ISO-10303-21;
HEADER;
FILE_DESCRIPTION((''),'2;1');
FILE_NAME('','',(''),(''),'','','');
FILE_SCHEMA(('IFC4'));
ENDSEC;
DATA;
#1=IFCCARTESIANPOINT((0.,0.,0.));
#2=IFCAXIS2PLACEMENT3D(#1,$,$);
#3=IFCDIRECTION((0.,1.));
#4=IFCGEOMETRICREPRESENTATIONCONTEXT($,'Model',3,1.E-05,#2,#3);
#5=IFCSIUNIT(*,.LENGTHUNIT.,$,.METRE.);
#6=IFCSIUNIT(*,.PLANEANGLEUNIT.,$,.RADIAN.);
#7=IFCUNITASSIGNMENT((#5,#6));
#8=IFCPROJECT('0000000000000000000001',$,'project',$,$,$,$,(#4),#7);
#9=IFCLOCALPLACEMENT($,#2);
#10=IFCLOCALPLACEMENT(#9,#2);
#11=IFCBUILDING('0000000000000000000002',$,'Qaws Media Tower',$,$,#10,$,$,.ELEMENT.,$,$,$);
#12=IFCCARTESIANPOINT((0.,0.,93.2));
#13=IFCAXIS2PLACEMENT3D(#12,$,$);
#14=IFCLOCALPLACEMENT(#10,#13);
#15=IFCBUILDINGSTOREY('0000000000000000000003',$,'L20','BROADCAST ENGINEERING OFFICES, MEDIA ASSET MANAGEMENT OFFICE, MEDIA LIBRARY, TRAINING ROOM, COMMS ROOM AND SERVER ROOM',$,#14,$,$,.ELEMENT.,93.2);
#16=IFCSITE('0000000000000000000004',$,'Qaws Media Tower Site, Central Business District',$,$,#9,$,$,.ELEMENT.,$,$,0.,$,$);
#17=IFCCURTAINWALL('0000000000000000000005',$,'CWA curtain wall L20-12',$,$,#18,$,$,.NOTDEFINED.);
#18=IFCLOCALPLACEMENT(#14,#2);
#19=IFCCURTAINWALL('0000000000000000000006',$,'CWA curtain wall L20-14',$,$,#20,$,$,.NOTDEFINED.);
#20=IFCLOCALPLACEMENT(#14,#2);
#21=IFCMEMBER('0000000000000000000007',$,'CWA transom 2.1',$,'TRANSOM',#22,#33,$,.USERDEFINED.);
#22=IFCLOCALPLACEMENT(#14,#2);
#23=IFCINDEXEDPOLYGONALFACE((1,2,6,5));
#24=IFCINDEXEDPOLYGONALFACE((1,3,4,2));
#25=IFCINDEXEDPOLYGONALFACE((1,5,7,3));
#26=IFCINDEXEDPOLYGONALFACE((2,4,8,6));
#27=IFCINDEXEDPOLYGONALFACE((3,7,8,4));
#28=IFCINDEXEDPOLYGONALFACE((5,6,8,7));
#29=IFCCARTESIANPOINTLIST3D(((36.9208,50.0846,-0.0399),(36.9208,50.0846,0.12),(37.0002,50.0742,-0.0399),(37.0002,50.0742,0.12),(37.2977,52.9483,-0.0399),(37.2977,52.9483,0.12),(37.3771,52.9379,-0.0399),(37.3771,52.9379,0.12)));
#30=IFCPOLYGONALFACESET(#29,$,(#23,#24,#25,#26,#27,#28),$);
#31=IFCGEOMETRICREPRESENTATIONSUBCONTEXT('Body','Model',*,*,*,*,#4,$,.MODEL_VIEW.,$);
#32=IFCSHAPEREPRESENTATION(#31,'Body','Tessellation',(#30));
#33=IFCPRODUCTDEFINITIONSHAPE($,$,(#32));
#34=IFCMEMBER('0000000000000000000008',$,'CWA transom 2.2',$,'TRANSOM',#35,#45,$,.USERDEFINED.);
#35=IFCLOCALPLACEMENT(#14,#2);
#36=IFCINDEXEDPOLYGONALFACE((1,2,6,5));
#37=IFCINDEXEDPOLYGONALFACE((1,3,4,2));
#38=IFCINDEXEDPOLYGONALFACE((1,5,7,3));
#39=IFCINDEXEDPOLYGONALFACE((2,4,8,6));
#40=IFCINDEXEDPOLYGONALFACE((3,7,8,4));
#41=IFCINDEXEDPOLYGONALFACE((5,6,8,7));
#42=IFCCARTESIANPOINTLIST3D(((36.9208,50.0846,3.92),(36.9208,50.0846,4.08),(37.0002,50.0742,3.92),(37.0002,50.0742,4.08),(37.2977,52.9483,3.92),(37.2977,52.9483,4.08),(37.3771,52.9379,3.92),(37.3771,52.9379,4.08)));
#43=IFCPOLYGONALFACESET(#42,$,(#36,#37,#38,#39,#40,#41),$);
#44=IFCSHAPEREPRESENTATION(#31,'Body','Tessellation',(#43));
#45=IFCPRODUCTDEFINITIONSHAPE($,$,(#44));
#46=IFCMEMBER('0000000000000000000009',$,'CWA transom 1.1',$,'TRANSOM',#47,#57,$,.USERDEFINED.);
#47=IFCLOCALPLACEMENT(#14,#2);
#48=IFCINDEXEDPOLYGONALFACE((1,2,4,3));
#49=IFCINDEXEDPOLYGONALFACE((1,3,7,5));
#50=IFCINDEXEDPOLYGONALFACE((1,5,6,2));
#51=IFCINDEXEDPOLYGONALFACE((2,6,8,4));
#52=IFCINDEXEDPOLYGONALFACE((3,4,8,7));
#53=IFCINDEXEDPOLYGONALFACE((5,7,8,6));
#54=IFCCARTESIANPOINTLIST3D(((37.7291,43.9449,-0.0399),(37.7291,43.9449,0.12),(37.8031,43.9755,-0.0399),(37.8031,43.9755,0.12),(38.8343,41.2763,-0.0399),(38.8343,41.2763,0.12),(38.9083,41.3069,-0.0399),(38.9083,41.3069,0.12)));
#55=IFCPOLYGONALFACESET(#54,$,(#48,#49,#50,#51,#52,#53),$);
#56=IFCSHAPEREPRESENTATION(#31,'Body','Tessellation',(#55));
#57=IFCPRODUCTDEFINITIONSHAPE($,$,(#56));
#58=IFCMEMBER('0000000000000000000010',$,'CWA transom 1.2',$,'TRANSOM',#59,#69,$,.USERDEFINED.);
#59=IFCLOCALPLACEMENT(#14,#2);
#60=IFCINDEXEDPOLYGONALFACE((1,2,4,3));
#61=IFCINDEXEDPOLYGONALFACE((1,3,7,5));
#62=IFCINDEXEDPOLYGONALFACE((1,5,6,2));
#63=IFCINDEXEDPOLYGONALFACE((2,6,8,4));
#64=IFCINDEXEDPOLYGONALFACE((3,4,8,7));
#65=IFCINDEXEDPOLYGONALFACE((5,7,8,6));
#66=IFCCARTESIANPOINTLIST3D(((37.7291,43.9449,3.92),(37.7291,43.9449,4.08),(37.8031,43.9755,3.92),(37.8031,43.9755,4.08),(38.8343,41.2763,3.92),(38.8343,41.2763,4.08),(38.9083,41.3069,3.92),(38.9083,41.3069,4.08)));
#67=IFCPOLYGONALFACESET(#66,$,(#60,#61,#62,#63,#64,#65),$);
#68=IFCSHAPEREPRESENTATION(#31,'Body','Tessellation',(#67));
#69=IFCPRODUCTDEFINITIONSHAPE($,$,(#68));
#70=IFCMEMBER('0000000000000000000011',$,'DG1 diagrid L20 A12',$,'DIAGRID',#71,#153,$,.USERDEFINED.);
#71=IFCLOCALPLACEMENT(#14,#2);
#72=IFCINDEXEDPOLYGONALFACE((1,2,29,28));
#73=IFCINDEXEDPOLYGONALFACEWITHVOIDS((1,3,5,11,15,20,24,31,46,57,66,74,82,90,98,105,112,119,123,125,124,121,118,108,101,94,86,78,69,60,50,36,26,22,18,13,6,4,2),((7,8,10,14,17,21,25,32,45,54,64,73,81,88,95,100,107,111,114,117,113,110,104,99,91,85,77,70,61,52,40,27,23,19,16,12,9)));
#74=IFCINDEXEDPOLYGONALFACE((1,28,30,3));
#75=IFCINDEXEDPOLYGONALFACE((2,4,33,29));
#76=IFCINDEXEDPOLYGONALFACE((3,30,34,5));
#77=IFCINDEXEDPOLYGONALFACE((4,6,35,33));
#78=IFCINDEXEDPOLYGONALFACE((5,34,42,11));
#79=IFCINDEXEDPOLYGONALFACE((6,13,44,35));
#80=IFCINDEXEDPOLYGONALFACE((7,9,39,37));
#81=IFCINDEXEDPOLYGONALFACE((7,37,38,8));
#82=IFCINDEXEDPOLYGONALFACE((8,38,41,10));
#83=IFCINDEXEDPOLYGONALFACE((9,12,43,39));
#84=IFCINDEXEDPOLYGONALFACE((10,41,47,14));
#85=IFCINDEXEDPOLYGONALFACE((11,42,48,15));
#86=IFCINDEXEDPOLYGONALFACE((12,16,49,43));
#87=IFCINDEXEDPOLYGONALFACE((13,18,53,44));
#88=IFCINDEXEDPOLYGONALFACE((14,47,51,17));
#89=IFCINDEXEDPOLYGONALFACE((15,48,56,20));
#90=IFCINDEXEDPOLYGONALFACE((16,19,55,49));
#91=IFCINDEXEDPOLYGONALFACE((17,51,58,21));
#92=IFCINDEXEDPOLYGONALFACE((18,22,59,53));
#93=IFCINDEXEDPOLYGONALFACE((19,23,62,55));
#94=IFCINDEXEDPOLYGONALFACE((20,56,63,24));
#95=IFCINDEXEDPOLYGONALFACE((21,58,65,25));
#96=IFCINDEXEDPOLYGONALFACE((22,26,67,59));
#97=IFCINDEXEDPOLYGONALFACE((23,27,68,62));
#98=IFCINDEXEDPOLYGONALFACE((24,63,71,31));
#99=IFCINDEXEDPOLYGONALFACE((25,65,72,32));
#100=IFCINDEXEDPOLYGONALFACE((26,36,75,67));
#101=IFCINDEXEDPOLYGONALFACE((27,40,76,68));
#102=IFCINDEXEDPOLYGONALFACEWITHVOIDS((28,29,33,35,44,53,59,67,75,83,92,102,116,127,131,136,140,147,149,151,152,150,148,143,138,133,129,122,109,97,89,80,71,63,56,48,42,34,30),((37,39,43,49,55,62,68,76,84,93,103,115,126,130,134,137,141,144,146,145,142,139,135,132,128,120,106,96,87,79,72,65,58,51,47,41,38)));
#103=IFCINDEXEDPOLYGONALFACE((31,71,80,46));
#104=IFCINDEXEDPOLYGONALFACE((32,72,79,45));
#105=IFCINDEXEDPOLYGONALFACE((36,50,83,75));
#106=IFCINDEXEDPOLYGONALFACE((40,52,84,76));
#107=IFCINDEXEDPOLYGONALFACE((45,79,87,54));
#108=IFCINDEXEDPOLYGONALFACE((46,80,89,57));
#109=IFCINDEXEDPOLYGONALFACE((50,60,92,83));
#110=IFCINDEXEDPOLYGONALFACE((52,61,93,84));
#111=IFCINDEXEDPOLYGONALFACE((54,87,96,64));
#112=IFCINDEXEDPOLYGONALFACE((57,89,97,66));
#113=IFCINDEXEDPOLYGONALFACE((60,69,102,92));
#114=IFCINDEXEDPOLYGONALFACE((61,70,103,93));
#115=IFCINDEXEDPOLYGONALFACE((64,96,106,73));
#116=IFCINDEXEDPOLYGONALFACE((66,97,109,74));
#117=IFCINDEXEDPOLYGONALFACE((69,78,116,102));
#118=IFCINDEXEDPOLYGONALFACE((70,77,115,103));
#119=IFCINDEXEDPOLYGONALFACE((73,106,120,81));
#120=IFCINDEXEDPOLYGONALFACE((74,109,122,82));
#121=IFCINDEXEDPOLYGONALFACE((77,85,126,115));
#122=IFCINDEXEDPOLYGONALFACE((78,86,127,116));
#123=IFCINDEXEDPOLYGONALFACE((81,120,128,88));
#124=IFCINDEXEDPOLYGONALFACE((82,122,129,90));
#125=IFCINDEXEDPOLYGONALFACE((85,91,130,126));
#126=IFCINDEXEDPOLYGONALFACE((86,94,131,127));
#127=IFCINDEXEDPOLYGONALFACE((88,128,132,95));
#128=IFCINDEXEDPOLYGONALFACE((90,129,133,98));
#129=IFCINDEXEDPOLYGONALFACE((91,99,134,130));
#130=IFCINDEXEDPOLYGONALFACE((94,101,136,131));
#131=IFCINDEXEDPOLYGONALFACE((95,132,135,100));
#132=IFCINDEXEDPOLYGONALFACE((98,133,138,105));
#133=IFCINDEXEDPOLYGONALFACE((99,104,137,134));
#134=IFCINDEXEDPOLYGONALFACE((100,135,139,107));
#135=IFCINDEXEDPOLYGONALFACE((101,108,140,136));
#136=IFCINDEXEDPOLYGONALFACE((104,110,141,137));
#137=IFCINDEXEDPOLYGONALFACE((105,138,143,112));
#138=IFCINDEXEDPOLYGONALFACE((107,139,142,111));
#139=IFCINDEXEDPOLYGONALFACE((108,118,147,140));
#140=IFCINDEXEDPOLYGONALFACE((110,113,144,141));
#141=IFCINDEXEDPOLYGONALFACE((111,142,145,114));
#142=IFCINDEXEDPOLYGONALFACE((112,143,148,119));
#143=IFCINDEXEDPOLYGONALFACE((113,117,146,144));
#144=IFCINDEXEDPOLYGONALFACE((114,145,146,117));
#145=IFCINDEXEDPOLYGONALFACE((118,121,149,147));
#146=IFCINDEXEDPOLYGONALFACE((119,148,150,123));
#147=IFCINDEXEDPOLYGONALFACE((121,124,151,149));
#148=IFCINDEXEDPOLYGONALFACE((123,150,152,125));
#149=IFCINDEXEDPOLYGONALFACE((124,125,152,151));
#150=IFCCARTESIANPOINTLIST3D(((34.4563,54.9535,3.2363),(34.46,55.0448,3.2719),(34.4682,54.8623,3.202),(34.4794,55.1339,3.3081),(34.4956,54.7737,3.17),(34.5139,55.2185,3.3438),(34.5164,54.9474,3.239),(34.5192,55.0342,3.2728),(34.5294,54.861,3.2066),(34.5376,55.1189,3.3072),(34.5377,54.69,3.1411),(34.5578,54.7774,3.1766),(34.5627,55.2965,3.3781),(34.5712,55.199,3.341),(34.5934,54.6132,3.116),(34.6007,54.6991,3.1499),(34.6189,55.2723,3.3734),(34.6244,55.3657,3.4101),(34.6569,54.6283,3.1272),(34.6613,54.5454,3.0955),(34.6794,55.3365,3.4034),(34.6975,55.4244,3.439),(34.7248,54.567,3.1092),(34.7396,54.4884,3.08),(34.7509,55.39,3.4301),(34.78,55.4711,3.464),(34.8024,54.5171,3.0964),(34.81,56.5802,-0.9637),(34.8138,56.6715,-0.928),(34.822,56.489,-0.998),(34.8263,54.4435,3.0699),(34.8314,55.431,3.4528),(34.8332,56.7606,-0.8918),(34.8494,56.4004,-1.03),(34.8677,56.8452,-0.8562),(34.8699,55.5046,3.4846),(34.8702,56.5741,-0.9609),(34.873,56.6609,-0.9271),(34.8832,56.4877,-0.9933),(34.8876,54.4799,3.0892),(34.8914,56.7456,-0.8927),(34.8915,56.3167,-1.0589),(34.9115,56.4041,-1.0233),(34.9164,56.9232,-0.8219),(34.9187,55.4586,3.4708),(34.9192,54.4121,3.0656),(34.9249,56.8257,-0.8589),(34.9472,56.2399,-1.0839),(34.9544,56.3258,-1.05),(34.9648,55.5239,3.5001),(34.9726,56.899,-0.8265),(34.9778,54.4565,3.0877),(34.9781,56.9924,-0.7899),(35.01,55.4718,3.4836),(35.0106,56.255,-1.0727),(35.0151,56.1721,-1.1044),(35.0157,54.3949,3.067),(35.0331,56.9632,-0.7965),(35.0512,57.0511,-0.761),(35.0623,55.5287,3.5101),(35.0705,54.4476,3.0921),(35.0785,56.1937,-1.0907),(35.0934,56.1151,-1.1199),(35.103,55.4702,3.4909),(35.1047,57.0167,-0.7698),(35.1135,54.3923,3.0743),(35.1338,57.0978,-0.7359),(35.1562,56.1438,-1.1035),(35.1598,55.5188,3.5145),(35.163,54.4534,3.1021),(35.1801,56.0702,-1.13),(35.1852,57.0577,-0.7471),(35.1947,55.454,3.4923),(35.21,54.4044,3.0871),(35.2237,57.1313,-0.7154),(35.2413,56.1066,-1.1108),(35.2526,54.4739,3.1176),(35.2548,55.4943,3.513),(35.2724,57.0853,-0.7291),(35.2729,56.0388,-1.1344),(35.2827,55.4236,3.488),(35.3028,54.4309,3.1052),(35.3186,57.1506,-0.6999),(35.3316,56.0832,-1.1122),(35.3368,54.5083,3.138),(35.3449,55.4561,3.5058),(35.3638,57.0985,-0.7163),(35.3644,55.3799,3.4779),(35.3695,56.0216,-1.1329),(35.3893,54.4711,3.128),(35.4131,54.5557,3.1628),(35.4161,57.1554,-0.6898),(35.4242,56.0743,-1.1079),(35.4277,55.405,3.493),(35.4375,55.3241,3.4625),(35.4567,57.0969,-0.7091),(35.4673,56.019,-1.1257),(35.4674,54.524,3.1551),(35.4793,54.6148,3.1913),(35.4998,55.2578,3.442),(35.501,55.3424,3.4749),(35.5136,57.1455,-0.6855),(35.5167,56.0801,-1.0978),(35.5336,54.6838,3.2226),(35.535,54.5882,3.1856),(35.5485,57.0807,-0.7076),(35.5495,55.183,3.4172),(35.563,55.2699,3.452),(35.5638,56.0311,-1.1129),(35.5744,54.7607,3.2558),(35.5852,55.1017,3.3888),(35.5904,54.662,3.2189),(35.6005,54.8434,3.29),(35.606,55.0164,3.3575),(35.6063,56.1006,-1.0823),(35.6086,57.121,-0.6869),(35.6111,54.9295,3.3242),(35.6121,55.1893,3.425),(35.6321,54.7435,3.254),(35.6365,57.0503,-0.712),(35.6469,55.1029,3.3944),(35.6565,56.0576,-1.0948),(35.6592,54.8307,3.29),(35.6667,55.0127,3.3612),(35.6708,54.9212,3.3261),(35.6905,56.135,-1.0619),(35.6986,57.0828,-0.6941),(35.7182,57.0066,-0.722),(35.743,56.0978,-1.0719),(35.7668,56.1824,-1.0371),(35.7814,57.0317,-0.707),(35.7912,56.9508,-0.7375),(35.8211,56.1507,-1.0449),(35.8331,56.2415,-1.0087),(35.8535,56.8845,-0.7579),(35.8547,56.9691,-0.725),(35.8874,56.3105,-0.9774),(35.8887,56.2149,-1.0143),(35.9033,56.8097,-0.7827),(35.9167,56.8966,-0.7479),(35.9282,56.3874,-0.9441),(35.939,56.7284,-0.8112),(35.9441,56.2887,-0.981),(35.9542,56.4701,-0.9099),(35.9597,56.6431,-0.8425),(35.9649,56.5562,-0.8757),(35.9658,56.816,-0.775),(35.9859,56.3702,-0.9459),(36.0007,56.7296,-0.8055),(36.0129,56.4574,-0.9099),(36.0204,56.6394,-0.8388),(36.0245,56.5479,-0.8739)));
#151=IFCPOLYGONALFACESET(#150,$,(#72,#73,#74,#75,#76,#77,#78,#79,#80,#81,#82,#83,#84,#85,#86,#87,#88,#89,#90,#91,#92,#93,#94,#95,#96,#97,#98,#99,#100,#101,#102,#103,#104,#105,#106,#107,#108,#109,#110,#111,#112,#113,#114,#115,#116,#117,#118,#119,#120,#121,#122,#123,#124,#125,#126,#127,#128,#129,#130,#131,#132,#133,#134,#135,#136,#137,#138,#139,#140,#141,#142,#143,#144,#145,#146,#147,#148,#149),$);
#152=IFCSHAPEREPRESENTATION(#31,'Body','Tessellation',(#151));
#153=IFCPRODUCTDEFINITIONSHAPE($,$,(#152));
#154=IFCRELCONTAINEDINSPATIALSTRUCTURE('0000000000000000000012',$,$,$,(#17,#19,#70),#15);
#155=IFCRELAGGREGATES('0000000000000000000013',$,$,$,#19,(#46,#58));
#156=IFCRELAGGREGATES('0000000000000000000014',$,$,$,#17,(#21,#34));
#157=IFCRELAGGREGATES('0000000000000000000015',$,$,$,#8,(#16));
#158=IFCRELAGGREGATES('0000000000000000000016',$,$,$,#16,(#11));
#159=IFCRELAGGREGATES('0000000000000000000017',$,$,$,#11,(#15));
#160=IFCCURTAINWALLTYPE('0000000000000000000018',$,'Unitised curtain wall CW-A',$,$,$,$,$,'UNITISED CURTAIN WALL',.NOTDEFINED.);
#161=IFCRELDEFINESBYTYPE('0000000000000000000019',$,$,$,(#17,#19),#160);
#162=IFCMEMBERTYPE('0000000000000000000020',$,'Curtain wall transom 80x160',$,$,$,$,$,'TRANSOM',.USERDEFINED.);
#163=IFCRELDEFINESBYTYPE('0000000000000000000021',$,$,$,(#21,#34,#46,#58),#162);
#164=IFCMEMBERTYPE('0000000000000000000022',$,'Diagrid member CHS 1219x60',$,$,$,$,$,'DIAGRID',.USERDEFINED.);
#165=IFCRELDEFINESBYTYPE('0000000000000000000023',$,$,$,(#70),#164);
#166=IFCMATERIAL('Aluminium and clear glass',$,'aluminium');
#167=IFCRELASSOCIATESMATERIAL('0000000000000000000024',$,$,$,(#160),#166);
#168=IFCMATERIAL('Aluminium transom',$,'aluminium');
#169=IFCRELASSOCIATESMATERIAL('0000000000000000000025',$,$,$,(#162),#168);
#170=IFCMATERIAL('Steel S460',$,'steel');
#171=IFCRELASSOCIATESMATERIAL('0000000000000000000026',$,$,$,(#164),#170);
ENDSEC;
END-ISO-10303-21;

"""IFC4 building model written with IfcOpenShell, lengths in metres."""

from ifc_helpers import new_model, si_unit, direction, frame, origin, origin_2d, place, context, subcontext, project, spatial, rectangle, hollow_circle, extrude, material, material_profile, profile_set, type_object, element, aggregate, save


model = new_model("IFC4")

# Units and contexts
model_context = context("Model", 3, precision=1e-05, world=origin(), true_north=direction((0.0, 1.0)))
body_context = subcontext(model_context, "Body", "Model", "MODEL_VIEW")
ifc_project = project(units=[si_unit("LENGTHUNIT", "METRE"), si_unit("PLANEANGLEUNIT", "RADIAN")], contexts=[model_context])

# Site, building, storey
site_placement = place(None, origin())
site = spatial("IfcSite", under=ifc_project, at=site_placement, Name="Qaws Media Tower Site, Central Business District", CompositionType="ELEMENT", RefElevation=0.0)
building_placement = place(site_placement, origin())
building = spatial("IfcBuilding", under=site, at=building_placement, Name="Qaws Media Tower", CompositionType="ELEMENT")
storey_placement = place(building_placement, frame((0.0, 0.0, 93.2)))
storey = spatial("IfcBuildingStorey", under=building, at=storey_placement, Name="L20", Description="BROADCAST ENGINEERING OFFICES, MEDIA ASSET MANAGEMENT OFFICE, MEDIA LIBRARY, TRAINING ROOM, COMMS ROOM AND SERVER ROOM", CompositionType="ELEMENT", Elevation=93.2)

# Shared definitions
ifc_material_1 = material(Name="Aluminium and clear glass", Category="aluminium")
curtain_wall_type = type_object("IfcCurtainWallType", Name="Unitised curtain wall CW-A", ElementType="UNITISED CURTAIN WALL", PredefinedType="NOTDEFINED", material=ifc_material_1)

# Curtain wall
curtain_wall_1_placement = place(storey_placement, origin())
curtain_wall_1 = element("IfcCurtainWall", 1, at=curtain_wall_1_placement, inside=storey, type_object=curtain_wall_type, Name="CWA curtain wall L20-12", PredefinedType="NOTDEFINED")

# Curtain wall
curtain_wall_2_placement = place(storey_placement, origin())
curtain_wall_2 = element("IfcCurtainWall", 2, at=curtain_wall_2_placement, inside=storey, type_object=curtain_wall_type, Name="CWA curtain wall L20-14", PredefinedType="NOTDEFINED")

# Members
ifc_material_2 = material(Name="Aluminium transom", Category="aluminium")
ifc_material_profile_1 = material_profile(ifc_material_2, rectangle(XDim=0.0801, YDim=0.1599, at=origin_2d()), Name="80x160")
ifc_profile_set_1 = profile_set([ifc_material_profile_1], Name="Aluminium transom")
member_type_1 = type_object("IfcMemberType", Name="Curtain wall transom 80x160", ElementType="TRANSOM", PredefinedType="USERDEFINED", material=ifc_profile_set_1)
member_1_placement = place(storey_placement, frame((37.3374, 52.9431, 0.04), z_axis=(-0.130503, -0.991448, 0.0), x_axis=(0.991448, -0.130503, 0.0)))
member_1 = element("IfcMember", 3, at=member_1_placement, type_object=member_type_1, Name="CWA transom 2.1", ObjectType="TRANSOM", PredefinedType="USERDEFINED", context=body_context, shape_type="SweptSolid", body=[
    extrude(rectangle(XDim=0.0801, YDim=0.1599, at=origin_2d()), origin(), (0.0, 0.0, 1.0), 2.8884),
])
member_2_placement = place(storey_placement, frame((37.3374, 52.9431, 4.0), z_axis=(-0.130503, -0.991448, 0.0), x_axis=(0.991448, -0.130503, 0.0)))
member_2 = element("IfcMember", 4, at=member_2_placement, type_object=member_type_1, Name="CWA transom 2.2", ObjectType="TRANSOM", PredefinedType="USERDEFINED", context=body_context, shape_type="SweptSolid", body=[
    extrude(rectangle(XDim=0.0801, YDim=0.1599, at=origin_2d()), origin(), (0.0, 0.0, 1.0), 2.8884),
])
member_3_placement = place(storey_placement, frame((37.7661, 43.9602, 0.04), z_axis=(0.382628, -0.923902, 0.0), x_axis=(0.923902, 0.382628, 0.0)))
member_3 = element("IfcMember", 5, at=member_3_placement, type_object=member_type_1, Name="CWA transom 1.1", ObjectType="TRANSOM", PredefinedType="USERDEFINED", context=body_context, shape_type="SweptSolid", body=[
    extrude(rectangle(XDim=0.0801, YDim=0.1599, at=origin_2d()), origin(), (0.0, 0.0, 1.0), 2.8884),
])
member_4_placement = place(storey_placement, frame((37.7661, 43.9602, 4.0), z_axis=(0.382628, -0.923902, 0.0), x_axis=(0.923902, 0.382628, 0.0)))
member_4 = element("IfcMember", 6, at=member_4_placement, type_object=member_type_1, Name="CWA transom 1.2", ObjectType="TRANSOM", PredefinedType="USERDEFINED", context=body_context, shape_type="SweptSolid", body=[
    extrude(rectangle(XDim=0.0801, YDim=0.1599, at=origin_2d()), origin(), (0.0, 0.0, 1.0), 2.8884),
])
aggregate(curtain_wall_2, [member_3, member_4])

# Member
ifc_material_3 = material(Name="Steel S460", Category="steel")
ifc_material_profile_2 = material_profile(ifc_material_3, hollow_circle(Radius=0.6096, WallThickness=0.0601, at=origin_2d()), Name="CHS 1219x60")
ifc_profile_set_2 = profile_set([ifc_material_profile_2], Name="Steel S460")
member_type_2 = type_object("IfcMemberType", Name="Diagrid member CHS 1219x60", ElementType="DIAGRID", PredefinedType="USERDEFINED", material=ifc_profile_set_2)
for number, where, z_axis, x_axis, name in (
    (7, (35.4172, 56.5869, -0.9099), (-0.078303, -0.360063, 0.929636), (0.97716, -0.212503, 0.0), "DG1 diagrid L20 A12"),
):
    element("IfcMember", number, at=place(storey_placement, frame(where, z_axis=z_axis, x_axis=x_axis)), inside=storey, type_object=member_type_2, Name=name, ObjectType="DIAGRID", PredefinedType="USERDEFINED", context=body_context, shape_type="SweptSolid", body=[
        extrude(hollow_circle(Radius=0.6096, WallThickness=0.0601, at=origin_2d()), origin(), (0.0, 0.0, 1.0), 4.5178),
    ])

aggregate(curtain_wall_1, [member_1, member_2])

save(model, "model.ifc")
